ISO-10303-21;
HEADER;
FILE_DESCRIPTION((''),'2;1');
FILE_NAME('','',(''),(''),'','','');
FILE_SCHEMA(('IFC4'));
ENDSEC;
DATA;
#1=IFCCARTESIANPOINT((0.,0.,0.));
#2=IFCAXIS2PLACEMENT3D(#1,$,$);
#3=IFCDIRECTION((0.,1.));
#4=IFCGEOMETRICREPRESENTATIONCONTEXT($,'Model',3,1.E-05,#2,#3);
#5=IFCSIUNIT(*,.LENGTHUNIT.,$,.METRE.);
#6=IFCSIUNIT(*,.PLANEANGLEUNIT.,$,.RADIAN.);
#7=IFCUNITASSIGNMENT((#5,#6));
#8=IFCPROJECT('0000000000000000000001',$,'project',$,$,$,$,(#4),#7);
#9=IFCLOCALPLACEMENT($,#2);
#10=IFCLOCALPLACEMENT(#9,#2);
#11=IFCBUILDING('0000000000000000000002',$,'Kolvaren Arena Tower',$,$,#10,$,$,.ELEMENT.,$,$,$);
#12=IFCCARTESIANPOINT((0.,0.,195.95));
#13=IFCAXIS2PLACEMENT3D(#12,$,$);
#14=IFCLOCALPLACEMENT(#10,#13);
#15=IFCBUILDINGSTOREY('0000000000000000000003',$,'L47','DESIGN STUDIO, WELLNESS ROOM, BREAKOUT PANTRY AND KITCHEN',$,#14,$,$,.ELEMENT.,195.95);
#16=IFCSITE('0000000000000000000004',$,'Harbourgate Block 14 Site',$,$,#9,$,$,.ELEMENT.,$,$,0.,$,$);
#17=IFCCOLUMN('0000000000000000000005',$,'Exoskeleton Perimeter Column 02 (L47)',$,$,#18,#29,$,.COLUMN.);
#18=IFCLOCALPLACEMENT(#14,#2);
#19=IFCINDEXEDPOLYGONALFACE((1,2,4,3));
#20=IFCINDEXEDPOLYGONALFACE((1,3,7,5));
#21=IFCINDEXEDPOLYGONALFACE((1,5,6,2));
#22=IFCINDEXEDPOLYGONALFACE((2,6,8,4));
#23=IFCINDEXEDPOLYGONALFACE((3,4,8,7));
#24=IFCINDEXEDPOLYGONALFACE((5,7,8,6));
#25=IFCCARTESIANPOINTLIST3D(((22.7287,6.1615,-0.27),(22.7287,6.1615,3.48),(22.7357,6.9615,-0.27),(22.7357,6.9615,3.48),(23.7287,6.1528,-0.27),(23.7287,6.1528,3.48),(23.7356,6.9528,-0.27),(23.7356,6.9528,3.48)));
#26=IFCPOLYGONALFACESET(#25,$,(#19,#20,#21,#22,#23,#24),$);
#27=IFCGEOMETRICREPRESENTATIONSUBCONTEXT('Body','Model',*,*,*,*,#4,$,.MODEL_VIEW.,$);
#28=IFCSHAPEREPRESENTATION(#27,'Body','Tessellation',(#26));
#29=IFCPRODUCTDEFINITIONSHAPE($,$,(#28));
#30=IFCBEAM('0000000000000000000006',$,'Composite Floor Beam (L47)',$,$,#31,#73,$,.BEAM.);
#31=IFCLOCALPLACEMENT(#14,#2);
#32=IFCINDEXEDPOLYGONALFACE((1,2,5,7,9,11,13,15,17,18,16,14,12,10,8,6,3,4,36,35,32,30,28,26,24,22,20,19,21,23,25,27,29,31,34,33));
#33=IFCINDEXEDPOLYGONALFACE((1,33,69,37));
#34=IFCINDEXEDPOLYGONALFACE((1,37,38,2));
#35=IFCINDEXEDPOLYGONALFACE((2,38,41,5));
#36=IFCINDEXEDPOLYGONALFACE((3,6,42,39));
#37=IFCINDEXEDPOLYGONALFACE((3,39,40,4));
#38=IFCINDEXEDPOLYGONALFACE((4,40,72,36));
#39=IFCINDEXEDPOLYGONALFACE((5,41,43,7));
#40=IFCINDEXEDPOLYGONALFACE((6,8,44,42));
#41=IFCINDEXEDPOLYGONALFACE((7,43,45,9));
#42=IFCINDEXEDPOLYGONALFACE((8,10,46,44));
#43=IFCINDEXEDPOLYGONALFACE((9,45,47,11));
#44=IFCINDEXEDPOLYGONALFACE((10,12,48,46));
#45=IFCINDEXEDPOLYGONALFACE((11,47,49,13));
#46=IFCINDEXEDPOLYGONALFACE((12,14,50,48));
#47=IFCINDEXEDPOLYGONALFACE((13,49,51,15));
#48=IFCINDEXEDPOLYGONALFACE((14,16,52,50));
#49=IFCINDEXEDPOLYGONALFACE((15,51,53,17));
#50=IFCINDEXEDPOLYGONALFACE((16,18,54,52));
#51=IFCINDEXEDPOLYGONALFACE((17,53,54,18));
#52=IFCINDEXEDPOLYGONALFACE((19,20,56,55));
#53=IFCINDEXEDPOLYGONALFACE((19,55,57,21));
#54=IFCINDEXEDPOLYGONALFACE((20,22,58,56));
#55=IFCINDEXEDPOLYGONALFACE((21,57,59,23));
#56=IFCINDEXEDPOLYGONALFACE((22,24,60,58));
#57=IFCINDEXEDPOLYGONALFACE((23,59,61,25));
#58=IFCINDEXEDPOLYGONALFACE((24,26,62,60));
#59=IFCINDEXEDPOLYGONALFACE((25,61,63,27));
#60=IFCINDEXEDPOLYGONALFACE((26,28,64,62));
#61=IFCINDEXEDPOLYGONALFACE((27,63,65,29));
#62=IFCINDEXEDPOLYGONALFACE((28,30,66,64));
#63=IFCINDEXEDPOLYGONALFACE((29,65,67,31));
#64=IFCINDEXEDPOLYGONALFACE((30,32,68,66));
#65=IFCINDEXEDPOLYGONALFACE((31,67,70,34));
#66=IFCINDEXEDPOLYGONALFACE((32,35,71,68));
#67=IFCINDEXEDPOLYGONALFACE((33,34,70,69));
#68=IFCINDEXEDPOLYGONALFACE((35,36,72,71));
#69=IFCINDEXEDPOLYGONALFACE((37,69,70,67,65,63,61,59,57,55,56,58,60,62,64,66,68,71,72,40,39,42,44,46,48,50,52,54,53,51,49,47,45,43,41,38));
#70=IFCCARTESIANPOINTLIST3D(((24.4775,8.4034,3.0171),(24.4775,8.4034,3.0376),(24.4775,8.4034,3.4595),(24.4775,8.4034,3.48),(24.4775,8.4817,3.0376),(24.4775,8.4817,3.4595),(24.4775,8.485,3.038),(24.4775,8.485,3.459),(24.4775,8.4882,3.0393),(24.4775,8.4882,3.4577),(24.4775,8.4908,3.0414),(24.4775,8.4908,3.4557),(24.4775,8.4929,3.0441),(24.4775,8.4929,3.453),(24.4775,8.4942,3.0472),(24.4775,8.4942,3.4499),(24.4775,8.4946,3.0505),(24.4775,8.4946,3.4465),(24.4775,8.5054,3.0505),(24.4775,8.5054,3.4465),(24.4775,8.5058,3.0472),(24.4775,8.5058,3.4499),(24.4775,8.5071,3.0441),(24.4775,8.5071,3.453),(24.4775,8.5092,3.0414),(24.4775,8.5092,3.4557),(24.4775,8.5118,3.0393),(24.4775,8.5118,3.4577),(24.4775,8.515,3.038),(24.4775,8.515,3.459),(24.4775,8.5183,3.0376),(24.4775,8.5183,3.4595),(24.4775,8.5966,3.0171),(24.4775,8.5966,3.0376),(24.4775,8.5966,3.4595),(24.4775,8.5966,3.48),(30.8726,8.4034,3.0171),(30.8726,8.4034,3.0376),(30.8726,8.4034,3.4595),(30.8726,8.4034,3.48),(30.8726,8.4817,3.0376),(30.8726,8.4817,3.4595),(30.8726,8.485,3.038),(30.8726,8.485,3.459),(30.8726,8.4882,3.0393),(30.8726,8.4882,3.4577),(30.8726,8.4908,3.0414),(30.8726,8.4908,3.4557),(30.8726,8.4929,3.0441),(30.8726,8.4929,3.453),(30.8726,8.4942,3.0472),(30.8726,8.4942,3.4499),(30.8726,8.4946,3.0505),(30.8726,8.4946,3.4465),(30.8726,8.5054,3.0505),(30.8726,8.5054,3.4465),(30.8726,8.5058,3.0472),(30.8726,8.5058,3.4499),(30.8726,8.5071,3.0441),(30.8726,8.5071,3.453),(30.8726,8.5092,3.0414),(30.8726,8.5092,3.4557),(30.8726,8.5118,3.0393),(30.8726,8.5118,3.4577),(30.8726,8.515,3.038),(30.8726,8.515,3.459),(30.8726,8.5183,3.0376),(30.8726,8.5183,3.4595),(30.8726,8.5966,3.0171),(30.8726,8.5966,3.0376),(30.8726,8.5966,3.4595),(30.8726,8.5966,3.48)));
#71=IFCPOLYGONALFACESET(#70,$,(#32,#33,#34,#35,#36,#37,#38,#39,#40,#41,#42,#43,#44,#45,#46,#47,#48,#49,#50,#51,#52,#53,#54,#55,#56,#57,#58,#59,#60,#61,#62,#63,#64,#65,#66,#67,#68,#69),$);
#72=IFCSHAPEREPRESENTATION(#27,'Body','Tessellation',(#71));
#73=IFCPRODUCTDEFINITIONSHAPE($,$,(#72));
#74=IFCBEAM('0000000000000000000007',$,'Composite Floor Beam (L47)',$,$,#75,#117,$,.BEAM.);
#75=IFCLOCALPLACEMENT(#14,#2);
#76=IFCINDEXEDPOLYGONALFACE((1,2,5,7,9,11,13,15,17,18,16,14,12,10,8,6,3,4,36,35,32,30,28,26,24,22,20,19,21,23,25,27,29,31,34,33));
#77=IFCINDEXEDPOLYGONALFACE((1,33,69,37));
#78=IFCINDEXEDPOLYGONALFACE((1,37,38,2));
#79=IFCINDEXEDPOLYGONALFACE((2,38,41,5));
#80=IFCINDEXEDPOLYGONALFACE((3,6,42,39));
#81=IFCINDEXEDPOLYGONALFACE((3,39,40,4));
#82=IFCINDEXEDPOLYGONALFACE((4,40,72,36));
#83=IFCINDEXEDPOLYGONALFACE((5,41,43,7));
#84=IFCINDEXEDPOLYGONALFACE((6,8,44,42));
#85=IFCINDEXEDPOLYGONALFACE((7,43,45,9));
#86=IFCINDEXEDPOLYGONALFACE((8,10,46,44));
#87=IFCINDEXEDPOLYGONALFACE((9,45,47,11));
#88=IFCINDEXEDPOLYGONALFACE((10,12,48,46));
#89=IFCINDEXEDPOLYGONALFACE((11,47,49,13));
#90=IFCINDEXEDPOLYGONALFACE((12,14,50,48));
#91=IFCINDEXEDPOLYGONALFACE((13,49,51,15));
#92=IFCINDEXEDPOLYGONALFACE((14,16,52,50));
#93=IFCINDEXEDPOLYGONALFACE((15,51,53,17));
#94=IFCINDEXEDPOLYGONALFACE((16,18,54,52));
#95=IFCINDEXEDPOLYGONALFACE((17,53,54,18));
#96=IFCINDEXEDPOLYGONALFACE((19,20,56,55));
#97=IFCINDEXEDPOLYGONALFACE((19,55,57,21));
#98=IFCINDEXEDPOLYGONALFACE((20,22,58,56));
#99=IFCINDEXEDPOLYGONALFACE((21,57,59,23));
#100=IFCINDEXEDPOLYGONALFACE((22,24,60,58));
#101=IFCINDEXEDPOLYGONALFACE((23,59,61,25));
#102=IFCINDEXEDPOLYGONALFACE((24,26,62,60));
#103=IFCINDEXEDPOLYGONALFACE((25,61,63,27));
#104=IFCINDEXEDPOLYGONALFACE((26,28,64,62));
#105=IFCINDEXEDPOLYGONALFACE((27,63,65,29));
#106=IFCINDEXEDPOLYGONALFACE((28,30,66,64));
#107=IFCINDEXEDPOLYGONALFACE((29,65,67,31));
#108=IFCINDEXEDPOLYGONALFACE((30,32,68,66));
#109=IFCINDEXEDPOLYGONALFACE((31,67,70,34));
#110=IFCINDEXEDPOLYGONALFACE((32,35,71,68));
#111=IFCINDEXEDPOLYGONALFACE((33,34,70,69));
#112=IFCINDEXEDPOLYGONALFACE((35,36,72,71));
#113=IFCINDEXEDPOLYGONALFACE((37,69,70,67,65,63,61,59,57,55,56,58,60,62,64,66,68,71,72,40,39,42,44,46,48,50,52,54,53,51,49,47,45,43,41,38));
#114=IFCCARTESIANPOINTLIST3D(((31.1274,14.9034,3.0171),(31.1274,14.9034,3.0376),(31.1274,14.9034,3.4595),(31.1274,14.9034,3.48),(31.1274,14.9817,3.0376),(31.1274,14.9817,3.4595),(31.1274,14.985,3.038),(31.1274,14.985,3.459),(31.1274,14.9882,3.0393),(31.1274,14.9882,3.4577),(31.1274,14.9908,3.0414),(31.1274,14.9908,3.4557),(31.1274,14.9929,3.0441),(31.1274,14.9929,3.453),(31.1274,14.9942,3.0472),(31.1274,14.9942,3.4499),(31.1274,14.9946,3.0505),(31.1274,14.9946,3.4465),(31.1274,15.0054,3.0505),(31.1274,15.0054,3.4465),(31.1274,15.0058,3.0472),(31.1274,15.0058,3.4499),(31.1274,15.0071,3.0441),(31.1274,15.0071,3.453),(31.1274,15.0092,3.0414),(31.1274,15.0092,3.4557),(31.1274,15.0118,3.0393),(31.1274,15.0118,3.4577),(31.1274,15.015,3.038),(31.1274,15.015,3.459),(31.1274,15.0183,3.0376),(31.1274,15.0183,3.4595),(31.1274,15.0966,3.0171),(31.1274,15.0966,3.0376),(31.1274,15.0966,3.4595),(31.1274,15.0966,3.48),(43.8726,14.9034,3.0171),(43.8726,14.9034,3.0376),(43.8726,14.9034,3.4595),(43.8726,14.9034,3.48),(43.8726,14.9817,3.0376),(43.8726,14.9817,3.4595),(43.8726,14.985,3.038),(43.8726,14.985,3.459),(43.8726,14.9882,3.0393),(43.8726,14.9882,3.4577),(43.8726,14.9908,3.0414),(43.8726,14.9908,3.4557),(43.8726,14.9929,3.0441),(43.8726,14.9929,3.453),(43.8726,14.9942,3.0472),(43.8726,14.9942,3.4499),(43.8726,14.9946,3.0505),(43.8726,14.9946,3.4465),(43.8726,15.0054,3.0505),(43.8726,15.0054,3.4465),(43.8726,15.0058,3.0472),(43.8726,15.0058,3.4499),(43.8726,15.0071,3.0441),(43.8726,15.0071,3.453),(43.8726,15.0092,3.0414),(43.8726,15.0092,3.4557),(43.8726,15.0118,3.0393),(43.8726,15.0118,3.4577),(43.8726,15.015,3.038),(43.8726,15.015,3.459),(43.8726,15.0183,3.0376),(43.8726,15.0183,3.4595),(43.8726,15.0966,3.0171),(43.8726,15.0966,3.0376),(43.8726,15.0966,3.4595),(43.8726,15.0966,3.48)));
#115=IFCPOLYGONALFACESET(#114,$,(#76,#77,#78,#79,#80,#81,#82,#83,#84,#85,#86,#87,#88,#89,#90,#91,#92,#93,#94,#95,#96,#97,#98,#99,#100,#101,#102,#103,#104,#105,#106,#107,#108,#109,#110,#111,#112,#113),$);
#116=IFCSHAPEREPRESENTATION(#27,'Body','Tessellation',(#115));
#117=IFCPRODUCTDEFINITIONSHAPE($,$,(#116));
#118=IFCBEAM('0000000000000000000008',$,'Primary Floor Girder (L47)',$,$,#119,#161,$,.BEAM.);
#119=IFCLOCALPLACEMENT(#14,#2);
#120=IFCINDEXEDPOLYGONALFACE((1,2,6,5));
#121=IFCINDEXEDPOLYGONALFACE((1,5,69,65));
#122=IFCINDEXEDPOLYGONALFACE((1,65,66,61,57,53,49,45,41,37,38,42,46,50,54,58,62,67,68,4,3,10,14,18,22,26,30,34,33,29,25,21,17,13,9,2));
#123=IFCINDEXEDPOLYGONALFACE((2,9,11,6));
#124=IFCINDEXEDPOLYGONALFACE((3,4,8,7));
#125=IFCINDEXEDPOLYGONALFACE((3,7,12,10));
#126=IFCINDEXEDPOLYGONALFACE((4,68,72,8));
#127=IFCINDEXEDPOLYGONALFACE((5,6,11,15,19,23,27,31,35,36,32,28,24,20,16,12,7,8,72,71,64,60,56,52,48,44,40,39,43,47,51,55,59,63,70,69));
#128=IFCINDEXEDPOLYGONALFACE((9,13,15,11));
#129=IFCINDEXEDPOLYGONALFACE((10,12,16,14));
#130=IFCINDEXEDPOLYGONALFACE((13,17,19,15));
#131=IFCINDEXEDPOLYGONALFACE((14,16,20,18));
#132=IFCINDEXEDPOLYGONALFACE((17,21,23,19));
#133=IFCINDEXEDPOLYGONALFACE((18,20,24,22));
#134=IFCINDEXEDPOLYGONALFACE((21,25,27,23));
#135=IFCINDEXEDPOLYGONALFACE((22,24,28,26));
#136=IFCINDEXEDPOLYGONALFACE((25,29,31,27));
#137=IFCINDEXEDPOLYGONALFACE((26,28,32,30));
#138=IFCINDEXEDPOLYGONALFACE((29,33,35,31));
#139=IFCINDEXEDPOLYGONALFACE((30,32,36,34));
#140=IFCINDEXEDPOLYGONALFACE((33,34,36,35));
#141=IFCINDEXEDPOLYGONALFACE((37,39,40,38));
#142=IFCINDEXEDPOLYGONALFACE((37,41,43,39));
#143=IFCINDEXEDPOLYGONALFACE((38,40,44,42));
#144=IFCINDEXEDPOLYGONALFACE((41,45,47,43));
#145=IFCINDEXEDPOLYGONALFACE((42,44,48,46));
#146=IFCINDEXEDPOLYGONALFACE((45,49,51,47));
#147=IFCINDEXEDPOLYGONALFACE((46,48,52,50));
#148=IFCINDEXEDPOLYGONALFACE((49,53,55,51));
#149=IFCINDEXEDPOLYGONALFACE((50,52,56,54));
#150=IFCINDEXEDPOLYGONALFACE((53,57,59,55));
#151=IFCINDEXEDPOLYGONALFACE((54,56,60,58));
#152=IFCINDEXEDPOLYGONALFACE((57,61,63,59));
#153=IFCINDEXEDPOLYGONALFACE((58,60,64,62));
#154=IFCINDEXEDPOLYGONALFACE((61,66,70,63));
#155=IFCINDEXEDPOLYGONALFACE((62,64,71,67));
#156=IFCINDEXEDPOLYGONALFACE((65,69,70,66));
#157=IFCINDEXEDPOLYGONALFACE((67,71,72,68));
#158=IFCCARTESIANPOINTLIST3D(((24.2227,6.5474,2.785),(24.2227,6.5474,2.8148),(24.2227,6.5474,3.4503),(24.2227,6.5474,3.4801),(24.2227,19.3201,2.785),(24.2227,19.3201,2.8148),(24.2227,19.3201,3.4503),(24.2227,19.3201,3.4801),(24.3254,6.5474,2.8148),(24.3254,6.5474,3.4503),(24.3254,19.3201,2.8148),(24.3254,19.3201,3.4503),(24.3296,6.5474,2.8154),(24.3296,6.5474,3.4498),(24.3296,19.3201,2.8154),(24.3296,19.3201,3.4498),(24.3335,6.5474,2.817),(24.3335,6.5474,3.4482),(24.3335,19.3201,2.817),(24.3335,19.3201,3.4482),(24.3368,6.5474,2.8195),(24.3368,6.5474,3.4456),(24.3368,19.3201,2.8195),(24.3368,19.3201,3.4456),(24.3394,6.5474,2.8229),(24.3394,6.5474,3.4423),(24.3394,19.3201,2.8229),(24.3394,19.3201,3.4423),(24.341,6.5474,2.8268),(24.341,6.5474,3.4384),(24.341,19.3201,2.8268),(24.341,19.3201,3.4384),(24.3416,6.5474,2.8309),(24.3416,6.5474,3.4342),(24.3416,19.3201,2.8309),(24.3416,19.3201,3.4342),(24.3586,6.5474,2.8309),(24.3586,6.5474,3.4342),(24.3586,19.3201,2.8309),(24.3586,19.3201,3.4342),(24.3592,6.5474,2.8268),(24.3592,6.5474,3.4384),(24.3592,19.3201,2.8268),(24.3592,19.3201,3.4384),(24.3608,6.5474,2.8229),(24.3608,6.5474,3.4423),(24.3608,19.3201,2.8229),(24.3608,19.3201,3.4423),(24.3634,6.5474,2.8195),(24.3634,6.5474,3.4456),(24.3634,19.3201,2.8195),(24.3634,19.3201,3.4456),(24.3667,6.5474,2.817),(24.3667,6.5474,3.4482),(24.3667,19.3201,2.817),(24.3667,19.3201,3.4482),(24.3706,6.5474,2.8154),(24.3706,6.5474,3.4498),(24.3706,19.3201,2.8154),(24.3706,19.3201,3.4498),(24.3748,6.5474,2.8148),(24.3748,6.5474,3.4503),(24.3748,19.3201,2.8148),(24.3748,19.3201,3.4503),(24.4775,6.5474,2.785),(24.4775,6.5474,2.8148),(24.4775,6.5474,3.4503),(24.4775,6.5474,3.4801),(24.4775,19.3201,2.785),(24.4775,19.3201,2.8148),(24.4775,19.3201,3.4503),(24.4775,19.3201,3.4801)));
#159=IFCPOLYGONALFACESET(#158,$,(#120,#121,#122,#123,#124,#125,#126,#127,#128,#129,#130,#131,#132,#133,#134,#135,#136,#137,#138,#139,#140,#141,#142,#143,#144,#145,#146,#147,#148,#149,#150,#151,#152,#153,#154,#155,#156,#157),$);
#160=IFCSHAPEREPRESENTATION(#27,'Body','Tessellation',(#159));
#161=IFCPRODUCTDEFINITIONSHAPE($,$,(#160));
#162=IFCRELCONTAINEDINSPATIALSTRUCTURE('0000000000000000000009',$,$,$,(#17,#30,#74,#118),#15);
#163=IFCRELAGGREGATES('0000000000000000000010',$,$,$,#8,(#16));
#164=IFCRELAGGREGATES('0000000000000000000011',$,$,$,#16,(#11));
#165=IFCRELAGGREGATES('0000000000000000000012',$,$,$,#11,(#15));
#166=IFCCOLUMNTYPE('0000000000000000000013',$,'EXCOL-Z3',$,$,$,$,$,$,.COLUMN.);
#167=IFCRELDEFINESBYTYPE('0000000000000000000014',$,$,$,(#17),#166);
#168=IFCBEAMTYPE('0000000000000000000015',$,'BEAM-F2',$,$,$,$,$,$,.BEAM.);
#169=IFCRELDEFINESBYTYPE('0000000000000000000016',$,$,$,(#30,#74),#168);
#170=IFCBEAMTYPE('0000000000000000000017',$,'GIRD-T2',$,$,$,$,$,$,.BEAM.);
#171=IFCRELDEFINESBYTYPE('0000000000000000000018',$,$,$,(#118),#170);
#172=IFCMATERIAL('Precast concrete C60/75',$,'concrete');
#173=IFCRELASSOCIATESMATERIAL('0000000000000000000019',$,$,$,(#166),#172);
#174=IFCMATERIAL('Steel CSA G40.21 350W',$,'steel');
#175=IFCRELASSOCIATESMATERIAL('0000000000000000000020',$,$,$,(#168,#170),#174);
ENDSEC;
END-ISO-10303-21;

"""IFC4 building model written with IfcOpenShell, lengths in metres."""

from ifc_helpers import new_model, si_unit, direction, frame, origin, origin_2d, place, context, subcontext, project, spatial, rectangle, i_section, extrude, material, material_profile, profile_set, type_object, element, save


model = new_model("IFC4")

# Units and contexts
model_context = context("Model", 3, precision=1e-05, world=origin(), true_north=direction((0.0, 1.0)))
body_context = subcontext(model_context, "Body", "Model", "MODEL_VIEW")
ifc_project = project(units=[si_unit("LENGTHUNIT", "METRE"), si_unit("PLANEANGLEUNIT", "RADIAN")], contexts=[model_context])

# Site, building, storey
site_placement = place(None, origin())
site = spatial("IfcSite", under=ifc_project, at=site_placement, Name="Harbourgate Block 14 Site", CompositionType="ELEMENT", RefElevation=0.0)
building_placement = place(site_placement, origin())
building = spatial("IfcBuilding", under=site, at=building_placement, Name="Kolvaren Arena Tower", CompositionType="ELEMENT")
storey_placement = place(building_placement, frame((0.0, 0.0, 195.95)))
storey = spatial("IfcBuildingStorey", under=building, at=storey_placement, Name="L47", Description="DESIGN STUDIO, WELLNESS ROOM, BREAKOUT PANTRY AND KITCHEN", CompositionType="ELEMENT", Elevation=195.95)

# Column
ifc_material_1 = material(Name="Precast concrete C60/75", Category="concrete")
ifc_material_profile_1 = material_profile(ifc_material_1, rectangle(XDim=1.0, YDim=0.8, at=origin_2d()), Name="RC-1000x800")
ifc_profile_set_1 = profile_set([ifc_material_profile_1], Name="Precast concrete C60/75")
column_type = type_object("IfcColumnType", Name="EXCOL-Z3", PredefinedType="COLUMN", material=ifc_profile_set_1)
column_placement = place(storey_placement, frame((23.2322, 6.5571, -0.27), z_axis=(0.0, 0.0, 1.0), x_axis=(0.999962, -0.008727, 0.0)))
element("IfcColumn", 1, at=column_placement, inside=storey, type_object=column_type, Name="Exoskeleton Perimeter Column 02 (L47)", PredefinedType="COLUMN", context=body_context, shape_type="SweptSolid", body=[
    extrude(rectangle(XDim=1.0, YDim=0.8, at=origin_2d()), origin(), (0.0, 0.0, 1.0), 3.75),
])

# Beams
ifc_material_2 = material(Name="Steel CSA G40.21 350W", Category="steel")
ifc_material_profile_2 = material_profile(ifc_material_2, i_section(OverallWidth=0.1931, OverallDepth=0.4629, WebThickness=0.0107, FlangeThickness=0.0205, FilletRadius=0.0129, at=origin_2d()), Name="W460x113")
ifc_profile_set_2 = profile_set([ifc_material_profile_2], Name="Steel CSA G40.21 350W")
beam_type_1 = type_object("IfcBeamType", Name="BEAM-F2", PredefinedType="BEAM", material=ifc_profile_set_2)
beam_1_placement = place(storey_placement, frame((24.4775, 8.5, 3.2485), z_axis=(1.0, 0.0, 0.0), x_axis=(0.0, 1.0, 0.0)))
element("IfcBeam", 2, at=beam_1_placement, inside=storey, type_object=beam_type_1, Name="Composite Floor Beam (L47)", PredefinedType="BEAM", context=body_context, shape_type="SweptSolid", body=[
    extrude(i_section(OverallWidth=0.1931, OverallDepth=0.4629, WebThickness=0.0107, FlangeThickness=0.0205, FilletRadius=0.0129, at=origin_2d()), origin(), (0.0, 0.0, 1.0), 6.395),
])
beam_2_placement = place(storey_placement, frame((31.1274, 15.0, 3.2485), z_axis=(1.0, 0.0, 0.0), x_axis=(0.0, 1.0, 0.0)))
element("IfcBeam", 3, at=beam_2_placement, inside=storey, type_object=beam_type_1, Name="Composite Floor Beam (L47)", PredefinedType="BEAM", context=body_context, shape_type="SweptSolid", body=[
    extrude(i_section(OverallWidth=0.1931, OverallDepth=0.4629, WebThickness=0.0107, FlangeThickness=0.0205, FilletRadius=0.0129, at=origin_2d()), origin(), (0.0, 0.0, 1.0), 12.7451),
])
ifc_material_profile_3 = material_profile(ifc_material_2, i_section(OverallWidth=0.2549, OverallDepth=0.6951, WebThickness=0.0171, FlangeThickness=0.0298, FilletRadius=0.0161, at=origin_2d()), Name="W690x217")
ifc_profile_set_3 = profile_set([ifc_material_profile_3], Name="Steel CSA G40.21 350W")
beam_type_2 = type_object("IfcBeamType", Name="GIRD-T2", PredefinedType="BEAM", material=ifc_profile_set_3)
beam_3_placement = place(storey_placement, frame((24.3501, 6.5474, 3.1326), z_axis=(0.0, 1.0, 0.0), x_axis=(-1.0, 0.0, 0.0)))
element("IfcBeam", 4, at=beam_3_placement, inside=storey, type_object=beam_type_2, Name="Primary Floor Girder (L47)", PredefinedType="BEAM", context=body_context, shape_type="SweptSolid", body=[
    extrude(i_section(OverallWidth=0.2549, OverallDepth=0.6951, WebThickness=0.0171, FlangeThickness=0.0298, FilletRadius=0.0161, at=origin_2d()), origin(), (0.0, 0.0, 1.0), 12.7727),
])

save(model, "model.ifc")
